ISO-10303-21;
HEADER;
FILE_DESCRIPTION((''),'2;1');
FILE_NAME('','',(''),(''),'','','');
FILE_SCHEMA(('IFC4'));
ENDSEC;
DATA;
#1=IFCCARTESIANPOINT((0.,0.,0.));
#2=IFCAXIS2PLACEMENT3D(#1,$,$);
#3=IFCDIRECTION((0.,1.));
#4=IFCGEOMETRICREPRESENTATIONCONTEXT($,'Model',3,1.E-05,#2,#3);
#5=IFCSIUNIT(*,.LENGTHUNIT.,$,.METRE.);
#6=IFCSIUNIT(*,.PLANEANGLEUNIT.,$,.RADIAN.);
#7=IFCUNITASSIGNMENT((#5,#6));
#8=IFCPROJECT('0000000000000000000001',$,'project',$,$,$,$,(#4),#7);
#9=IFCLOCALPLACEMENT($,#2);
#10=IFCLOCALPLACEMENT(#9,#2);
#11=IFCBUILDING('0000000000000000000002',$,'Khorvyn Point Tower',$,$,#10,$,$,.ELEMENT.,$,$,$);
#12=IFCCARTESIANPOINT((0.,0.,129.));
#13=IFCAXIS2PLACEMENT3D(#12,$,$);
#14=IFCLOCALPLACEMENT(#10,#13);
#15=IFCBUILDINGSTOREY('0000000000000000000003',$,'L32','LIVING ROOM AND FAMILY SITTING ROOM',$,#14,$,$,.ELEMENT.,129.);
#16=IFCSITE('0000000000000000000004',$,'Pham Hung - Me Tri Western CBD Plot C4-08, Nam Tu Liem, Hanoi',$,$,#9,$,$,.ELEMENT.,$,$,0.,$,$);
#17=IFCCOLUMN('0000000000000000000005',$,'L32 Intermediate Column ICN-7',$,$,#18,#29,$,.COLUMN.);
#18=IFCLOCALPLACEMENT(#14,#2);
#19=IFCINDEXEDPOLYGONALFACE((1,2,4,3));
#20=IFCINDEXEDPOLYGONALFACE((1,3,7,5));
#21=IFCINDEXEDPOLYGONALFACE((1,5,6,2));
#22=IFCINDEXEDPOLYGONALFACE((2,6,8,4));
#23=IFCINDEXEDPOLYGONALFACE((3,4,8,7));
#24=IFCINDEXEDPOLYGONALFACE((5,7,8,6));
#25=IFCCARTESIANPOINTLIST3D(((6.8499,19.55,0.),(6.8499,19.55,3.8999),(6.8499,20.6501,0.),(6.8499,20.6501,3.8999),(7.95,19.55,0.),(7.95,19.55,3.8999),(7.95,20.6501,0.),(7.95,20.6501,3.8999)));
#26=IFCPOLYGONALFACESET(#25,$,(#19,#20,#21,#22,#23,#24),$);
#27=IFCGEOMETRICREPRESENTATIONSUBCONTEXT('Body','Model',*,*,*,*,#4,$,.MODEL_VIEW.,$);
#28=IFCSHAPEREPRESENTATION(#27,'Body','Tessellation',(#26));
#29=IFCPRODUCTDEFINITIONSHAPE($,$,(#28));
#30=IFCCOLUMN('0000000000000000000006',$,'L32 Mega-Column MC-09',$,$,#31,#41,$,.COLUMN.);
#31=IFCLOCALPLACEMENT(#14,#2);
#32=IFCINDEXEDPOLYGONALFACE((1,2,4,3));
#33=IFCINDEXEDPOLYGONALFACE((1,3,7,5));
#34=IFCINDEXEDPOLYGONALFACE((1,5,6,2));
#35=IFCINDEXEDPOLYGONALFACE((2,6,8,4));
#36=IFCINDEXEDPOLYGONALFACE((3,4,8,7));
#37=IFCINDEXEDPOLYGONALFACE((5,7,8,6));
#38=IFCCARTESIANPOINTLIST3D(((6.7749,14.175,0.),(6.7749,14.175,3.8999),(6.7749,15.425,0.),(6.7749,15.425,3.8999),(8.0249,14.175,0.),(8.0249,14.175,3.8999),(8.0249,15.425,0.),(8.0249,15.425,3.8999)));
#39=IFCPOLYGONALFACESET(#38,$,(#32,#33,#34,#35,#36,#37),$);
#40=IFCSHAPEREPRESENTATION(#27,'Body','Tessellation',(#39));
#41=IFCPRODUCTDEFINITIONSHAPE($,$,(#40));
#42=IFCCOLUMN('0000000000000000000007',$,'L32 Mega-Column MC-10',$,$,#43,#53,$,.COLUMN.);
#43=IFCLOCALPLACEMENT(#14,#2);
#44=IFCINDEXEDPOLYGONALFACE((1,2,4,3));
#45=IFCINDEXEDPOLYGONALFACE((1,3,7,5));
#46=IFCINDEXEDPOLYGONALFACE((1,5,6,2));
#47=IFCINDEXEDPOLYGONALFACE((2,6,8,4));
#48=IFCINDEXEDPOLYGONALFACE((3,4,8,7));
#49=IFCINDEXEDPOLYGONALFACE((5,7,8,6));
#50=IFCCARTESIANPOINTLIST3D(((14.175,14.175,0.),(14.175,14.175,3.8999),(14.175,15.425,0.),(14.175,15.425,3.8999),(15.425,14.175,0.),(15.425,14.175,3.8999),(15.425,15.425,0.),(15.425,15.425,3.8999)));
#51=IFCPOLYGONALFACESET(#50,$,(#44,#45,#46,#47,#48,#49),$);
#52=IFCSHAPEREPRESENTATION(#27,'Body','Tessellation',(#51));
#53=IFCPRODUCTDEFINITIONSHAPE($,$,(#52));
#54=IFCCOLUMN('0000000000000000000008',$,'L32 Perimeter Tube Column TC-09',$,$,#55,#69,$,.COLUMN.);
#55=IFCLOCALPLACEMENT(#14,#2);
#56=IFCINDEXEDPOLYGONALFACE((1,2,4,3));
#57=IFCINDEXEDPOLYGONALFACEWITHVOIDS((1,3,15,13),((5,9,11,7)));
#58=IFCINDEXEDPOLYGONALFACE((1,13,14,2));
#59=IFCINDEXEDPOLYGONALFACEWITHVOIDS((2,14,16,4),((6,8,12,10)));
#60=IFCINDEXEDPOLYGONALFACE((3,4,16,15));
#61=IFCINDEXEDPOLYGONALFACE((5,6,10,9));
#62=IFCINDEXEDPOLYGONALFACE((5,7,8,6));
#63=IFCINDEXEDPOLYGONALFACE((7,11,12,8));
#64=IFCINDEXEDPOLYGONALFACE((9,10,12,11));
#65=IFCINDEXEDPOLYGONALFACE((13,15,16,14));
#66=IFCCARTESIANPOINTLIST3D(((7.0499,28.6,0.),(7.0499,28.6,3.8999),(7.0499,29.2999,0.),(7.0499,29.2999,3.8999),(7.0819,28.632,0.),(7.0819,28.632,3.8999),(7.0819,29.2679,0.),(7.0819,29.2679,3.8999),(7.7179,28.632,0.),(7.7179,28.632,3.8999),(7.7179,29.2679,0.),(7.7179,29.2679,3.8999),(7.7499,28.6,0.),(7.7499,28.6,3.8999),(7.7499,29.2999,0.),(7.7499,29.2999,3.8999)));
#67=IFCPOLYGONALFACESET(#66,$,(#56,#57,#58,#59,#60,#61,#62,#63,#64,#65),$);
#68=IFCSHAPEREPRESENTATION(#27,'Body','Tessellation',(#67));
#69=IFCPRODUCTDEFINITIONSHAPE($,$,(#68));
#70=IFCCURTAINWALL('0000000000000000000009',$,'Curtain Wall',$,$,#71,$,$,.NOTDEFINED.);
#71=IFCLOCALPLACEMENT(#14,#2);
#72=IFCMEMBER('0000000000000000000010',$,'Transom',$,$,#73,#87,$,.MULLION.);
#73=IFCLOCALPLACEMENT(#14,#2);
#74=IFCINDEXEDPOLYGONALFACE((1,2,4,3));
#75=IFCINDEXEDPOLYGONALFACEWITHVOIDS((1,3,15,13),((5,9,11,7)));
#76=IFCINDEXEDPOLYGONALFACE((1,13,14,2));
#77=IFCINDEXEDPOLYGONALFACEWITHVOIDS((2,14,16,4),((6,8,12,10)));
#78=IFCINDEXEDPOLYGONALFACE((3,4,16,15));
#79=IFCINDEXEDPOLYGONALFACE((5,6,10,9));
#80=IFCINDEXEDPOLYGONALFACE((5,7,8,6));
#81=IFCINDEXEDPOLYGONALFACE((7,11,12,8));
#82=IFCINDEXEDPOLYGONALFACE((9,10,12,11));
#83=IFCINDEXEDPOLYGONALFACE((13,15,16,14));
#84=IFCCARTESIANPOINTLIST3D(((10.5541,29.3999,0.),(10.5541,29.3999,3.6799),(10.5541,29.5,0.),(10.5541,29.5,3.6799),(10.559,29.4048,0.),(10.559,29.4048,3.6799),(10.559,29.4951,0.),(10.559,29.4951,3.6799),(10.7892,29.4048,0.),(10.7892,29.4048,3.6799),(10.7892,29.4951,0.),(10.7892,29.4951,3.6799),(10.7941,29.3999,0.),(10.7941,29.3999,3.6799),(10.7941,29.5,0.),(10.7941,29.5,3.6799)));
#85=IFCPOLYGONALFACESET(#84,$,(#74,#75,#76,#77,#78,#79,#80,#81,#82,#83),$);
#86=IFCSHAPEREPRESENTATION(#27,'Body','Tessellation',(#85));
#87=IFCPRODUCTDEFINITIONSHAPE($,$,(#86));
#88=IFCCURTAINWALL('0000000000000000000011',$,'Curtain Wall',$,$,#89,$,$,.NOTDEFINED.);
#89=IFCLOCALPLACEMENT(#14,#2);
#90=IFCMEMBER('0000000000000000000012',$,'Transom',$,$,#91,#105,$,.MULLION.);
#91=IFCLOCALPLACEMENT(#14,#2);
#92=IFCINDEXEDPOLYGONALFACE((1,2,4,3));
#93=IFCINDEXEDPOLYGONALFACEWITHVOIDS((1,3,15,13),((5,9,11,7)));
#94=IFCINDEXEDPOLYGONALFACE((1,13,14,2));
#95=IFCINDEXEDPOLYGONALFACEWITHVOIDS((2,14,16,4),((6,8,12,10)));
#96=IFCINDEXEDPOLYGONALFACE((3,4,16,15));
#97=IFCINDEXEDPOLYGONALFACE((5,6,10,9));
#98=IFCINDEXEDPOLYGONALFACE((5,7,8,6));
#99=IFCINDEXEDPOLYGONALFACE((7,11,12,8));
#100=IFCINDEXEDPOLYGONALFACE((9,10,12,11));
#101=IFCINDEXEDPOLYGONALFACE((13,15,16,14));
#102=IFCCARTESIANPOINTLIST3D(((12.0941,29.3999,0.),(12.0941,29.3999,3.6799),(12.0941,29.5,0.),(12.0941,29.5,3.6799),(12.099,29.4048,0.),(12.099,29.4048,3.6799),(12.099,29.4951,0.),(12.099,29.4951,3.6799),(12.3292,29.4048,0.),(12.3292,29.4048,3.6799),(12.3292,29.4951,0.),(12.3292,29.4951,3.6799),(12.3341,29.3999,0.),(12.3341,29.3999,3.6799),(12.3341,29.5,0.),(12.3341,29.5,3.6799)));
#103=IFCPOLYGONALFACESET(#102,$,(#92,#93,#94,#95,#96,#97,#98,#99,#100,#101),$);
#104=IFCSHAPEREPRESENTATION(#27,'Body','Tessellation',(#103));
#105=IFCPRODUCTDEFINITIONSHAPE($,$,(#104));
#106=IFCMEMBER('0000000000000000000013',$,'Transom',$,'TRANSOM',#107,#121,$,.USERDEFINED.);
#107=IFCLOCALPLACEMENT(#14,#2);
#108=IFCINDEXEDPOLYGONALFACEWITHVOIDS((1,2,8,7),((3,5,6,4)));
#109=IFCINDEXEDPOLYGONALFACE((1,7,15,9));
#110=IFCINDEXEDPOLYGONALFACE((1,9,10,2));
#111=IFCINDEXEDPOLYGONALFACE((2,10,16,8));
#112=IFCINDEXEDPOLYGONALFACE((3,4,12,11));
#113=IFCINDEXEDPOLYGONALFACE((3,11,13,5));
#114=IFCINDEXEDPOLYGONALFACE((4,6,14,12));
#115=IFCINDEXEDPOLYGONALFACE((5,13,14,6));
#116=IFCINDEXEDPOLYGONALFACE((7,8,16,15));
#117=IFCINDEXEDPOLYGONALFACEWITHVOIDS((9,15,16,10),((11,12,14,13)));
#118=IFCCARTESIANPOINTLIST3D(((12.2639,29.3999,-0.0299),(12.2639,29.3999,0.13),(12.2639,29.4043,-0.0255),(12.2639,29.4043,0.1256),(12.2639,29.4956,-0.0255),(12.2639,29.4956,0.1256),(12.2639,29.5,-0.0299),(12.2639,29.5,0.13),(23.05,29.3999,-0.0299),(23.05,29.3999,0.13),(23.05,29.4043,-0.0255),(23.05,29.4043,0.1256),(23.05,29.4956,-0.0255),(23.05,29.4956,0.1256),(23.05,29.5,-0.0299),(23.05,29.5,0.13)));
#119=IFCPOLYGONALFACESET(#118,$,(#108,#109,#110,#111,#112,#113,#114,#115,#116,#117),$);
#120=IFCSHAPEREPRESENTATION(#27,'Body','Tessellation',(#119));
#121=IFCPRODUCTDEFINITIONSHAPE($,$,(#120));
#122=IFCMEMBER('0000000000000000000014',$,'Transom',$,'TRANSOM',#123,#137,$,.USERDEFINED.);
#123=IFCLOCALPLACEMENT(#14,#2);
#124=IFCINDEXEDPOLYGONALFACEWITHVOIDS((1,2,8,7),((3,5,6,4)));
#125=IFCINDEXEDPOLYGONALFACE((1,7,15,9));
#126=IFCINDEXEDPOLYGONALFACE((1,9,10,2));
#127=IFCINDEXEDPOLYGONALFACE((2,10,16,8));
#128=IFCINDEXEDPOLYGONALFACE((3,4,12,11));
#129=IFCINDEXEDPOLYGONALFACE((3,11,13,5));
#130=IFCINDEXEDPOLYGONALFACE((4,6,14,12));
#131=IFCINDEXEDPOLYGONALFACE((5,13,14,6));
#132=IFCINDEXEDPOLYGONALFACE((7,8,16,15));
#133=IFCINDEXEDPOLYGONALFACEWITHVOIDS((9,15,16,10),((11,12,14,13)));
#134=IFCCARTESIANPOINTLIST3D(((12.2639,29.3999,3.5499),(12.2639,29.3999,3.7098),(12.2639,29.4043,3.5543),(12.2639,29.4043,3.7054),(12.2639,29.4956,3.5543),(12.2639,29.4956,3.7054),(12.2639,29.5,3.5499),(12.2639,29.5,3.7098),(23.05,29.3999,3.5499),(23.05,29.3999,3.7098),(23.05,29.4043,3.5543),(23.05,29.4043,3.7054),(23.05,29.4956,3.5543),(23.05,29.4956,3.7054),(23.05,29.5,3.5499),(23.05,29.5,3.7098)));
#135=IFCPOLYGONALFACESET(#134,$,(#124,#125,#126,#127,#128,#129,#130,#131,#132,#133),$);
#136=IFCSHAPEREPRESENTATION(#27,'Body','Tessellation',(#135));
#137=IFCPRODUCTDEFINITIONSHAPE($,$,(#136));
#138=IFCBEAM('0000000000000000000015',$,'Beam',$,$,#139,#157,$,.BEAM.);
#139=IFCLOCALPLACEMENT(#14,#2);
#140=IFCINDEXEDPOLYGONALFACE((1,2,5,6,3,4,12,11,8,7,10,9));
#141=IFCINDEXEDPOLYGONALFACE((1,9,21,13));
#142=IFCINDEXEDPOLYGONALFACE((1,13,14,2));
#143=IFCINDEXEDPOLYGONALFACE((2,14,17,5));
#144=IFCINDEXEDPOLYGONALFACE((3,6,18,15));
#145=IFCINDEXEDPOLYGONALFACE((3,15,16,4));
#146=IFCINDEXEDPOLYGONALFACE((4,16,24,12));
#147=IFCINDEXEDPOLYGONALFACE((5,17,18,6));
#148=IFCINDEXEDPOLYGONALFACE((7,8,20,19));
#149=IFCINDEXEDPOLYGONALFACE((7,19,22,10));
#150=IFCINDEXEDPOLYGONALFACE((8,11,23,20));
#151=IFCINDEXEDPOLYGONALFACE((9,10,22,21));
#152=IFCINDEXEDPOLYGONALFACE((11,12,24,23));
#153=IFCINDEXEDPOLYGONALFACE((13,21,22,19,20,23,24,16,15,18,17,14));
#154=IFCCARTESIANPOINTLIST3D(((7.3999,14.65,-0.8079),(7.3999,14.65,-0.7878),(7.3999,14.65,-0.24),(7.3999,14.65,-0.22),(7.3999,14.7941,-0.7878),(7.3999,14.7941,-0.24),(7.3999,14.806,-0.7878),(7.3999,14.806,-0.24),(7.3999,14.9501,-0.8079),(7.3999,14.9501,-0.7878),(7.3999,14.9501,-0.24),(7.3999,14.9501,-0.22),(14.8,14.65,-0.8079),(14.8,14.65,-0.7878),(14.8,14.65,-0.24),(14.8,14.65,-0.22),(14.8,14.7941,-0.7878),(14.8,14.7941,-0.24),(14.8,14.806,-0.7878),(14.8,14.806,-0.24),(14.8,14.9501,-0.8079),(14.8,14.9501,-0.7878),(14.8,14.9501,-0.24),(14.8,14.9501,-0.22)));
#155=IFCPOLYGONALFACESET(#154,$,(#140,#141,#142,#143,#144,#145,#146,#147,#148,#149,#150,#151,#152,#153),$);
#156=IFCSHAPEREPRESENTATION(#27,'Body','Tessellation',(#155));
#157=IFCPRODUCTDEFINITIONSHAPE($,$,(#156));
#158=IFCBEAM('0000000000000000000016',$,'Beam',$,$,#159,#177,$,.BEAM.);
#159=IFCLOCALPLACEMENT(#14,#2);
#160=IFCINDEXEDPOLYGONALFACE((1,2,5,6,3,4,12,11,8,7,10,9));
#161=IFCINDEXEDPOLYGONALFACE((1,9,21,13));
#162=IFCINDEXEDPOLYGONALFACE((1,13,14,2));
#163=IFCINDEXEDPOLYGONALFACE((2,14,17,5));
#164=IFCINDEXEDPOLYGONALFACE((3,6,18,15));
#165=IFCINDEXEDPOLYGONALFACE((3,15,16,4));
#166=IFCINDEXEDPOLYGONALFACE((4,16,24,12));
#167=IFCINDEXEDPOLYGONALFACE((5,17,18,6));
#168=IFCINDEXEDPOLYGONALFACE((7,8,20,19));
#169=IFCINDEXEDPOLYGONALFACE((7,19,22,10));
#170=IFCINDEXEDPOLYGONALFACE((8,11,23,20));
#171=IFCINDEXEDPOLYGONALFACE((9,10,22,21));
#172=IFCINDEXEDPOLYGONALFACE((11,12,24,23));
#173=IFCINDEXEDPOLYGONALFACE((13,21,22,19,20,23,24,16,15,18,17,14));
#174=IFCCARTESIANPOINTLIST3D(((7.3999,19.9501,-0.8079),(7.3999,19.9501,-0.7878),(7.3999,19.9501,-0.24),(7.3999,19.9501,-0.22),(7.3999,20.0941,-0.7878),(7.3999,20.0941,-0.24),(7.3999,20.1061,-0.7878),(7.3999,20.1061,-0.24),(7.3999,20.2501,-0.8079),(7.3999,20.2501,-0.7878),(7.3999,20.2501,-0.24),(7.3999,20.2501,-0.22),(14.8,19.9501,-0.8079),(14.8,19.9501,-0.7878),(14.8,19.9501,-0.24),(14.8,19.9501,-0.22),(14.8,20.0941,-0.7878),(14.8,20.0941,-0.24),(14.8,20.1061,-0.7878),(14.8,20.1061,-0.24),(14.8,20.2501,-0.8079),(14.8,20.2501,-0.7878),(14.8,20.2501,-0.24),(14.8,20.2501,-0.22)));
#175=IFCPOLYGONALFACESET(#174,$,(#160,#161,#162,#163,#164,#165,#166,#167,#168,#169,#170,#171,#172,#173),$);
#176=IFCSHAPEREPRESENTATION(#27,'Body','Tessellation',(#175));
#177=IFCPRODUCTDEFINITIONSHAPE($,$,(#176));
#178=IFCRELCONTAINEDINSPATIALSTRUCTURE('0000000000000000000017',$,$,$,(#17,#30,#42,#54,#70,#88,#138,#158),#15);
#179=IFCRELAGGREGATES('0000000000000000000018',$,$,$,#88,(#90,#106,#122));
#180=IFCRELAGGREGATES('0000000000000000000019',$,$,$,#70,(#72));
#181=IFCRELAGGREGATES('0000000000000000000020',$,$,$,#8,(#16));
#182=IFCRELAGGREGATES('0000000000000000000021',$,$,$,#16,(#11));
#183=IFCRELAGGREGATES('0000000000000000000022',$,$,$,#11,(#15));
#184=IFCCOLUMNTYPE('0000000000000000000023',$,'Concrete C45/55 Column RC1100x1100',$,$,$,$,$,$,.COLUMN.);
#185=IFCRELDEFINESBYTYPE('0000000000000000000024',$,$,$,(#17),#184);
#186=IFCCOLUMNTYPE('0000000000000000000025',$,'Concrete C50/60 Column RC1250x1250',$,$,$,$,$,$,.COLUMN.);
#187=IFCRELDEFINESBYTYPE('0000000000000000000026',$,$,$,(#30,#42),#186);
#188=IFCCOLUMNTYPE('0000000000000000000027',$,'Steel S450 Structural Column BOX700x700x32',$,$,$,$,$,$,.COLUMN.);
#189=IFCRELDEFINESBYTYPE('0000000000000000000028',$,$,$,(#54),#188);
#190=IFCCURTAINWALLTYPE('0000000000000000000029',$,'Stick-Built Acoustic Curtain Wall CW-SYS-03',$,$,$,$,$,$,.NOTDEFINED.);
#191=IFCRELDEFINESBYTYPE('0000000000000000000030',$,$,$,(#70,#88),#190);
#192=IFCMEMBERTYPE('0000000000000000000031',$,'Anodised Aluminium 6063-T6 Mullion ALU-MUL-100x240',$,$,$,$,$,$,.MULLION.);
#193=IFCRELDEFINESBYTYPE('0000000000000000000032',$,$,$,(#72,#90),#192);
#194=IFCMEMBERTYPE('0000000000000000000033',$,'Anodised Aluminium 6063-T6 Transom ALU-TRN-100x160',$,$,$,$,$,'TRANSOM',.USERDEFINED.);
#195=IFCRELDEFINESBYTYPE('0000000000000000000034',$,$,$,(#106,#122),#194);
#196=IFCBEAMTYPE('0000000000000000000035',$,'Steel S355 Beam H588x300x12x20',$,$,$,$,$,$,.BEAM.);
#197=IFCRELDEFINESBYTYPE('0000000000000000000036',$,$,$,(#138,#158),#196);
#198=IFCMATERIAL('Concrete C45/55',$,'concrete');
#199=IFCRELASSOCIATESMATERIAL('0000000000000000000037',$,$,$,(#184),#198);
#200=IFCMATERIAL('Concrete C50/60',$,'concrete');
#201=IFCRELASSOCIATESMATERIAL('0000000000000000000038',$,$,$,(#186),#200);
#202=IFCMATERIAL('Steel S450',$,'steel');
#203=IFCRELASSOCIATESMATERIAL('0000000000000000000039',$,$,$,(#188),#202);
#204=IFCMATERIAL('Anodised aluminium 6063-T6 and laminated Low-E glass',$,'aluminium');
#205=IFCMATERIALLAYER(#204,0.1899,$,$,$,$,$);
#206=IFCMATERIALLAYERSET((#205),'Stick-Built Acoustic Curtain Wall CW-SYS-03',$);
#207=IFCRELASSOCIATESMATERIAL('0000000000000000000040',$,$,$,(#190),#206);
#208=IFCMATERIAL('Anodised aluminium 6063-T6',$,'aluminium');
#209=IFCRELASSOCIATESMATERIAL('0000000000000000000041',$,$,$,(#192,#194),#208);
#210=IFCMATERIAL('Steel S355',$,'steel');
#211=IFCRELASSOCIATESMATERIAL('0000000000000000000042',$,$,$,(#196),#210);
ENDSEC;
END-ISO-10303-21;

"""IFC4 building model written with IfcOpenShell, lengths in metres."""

from ifc_helpers import new_model, si_unit, direction, frame, origin, origin_2d, place, context, subcontext, project, spatial, rectangle, hollow_rectangle, i_section, extrude, material, layer, layer_set, material_profile, profile_set, type_object, element, aggregate, save


model = new_model("IFC4")

# Units and contexts
model_context = context("Model", 3, precision=1e-05, world=origin(), true_north=direction((0.0, 1.0)))
body_context = subcontext(model_context, "Body", "Model", "MODEL_VIEW")
ifc_project = project(units=[si_unit("LENGTHUNIT", "METRE"), si_unit("PLANEANGLEUNIT", "RADIAN")], contexts=[model_context])

# Site, building, storey
site_placement = place(None, origin())
site = spatial("IfcSite", under=ifc_project, at=site_placement, Name="Pham Hung - Me Tri Western CBD Plot C4-08, Nam Tu Liem, Hanoi", CompositionType="ELEMENT", RefElevation=0.0)
building_placement = place(site_placement, origin())
building = spatial("IfcBuilding", under=site, at=building_placement, Name="Khorvyn Point Tower", CompositionType="ELEMENT")
storey_placement = place(building_placement, frame((0.0, 0.0, 129.0)))
storey = spatial("IfcBuildingStorey", under=building, at=storey_placement, Name="L32", Description="LIVING ROOM AND FAMILY SITTING ROOM", CompositionType="ELEMENT", Elevation=129.0)

# Columns
ifc_material_1 = material(Name="Concrete C45/55", Category="concrete")
ifc_material_profile_1 = material_profile(ifc_material_1, rectangle(XDim=1.1001, YDim=1.1001, at=origin_2d()))
ifc_profile_set_1 = profile_set([ifc_material_profile_1], Name="Concrete C45/55 RC1100x1100")
column_type_1 = type_object("IfcColumnType", Name="Concrete C45/55 Column RC1100x1100", PredefinedType="COLUMN", material=ifc_profile_set_1)
column_1_placement = place(storey_placement, frame((7.3999, 20.1001, 0.0), z_axis=(0.0, 0.0, 1.0), x_axis=(1.0, 0.0, 0.0)))
element("IfcColumn", 1, at=column_1_placement, inside=storey, type_object=column_type_1, Name="L32 Intermediate Column ICN-7", PredefinedType="COLUMN", context=body_context, shape_type="SweptSolid", body=[
    extrude(rectangle(XDim=1.1001, YDim=1.1001, at=origin_2d()), origin(), (0.0, 0.0, 1.0), 3.8999),
])
ifc_material_2 = material(Name="Concrete C50/60", Category="concrete")
ifc_material_profile_2 = material_profile(ifc_material_2, rectangle(XDim=1.25, YDim=1.25, at=origin_2d()))
ifc_profile_set_2 = profile_set([ifc_material_profile_2], Name="Concrete C50/60 RC1250x1250")
column_type_2 = type_object("IfcColumnType", Name="Concrete C50/60 Column RC1250x1250", PredefinedType="COLUMN", material=ifc_profile_set_2)
for number, where, z_axis, x_axis, name in (
    (2, (7.3999, 14.8, 0.0), (0.0, 0.0, 1.0), (1.0, 0.0, 0.0), "L32 Mega-Column MC-09"),
    (3, (14.8, 14.8, 0.0), (0.0, 0.0, 1.0), (1.0, 0.0, 0.0), "L32 Mega-Column MC-10"),
):
    element("IfcColumn", number, at=place(storey_placement, frame(where, z_axis=z_axis, x_axis=x_axis)), inside=storey, type_object=column_type_2, Name=name, PredefinedType="COLUMN", context=body_context, shape_type="SweptSolid", body=[
        extrude(rectangle(XDim=1.25, YDim=1.25, at=origin_2d()), origin(), (0.0, 0.0, 1.0), 3.8999),
    ])
ifc_material_3 = material(Name="Steel S450", Category="steel")
ifc_material_profile_3 = material_profile(ifc_material_3, hollow_rectangle(XDim=0.7, YDim=0.7, WallThickness=0.032, at=origin_2d()))
ifc_profile_set_3 = profile_set([ifc_material_profile_3], Name="Steel S450 BOX700x700x32")
column_type_3 = type_object("IfcColumnType", Name="Steel S450 Structural Column BOX700x700x32", PredefinedType="COLUMN", material=ifc_profile_set_3)
column_2_placement = place(storey_placement, frame((7.3999, 28.95, 0.0), z_axis=(0.0, 0.0, 1.0), x_axis=(1.0, 0.0, 0.0)))
element("IfcColumn", 4, at=column_2_placement, inside=storey, type_object=column_type_3, Name="L32 Perimeter Tube Column TC-09", PredefinedType="COLUMN", context=body_context, shape_type="SweptSolid", body=[
    extrude(hollow_rectangle(XDim=0.7, YDim=0.7, WallThickness=0.032, at=origin_2d()), origin(), (0.0, 0.0, 1.0), 3.8999),
])

# Curtain wall, member
ifc_material_4 = material(Name="Anodised aluminium 6063-T6 and laminated Low-E glass", Category="aluminium")
ifc_layer_1 = layer(ifc_material_4, 0.1899)
ifc_layer_set_1 = layer_set([ifc_layer_1], Name="Stick-Built Acoustic Curtain Wall CW-SYS-03")
curtain_wall_type = type_object("IfcCurtainWallType", Name="Stick-Built Acoustic Curtain Wall CW-SYS-03", PredefinedType="NOTDEFINED", material=ifc_layer_set_1)
curtain_wall_1_placement = place(storey_placement, origin())
curtain_wall_1 = element("IfcCurtainWall", 5, at=curtain_wall_1_placement, inside=storey, type_object=curtain_wall_type, Name="Curtain Wall", PredefinedType="NOTDEFINED")
ifc_material_5 = material(Name="Anodised aluminium 6063-T6", Category="aluminium")
ifc_material_profile_4 = material_profile(ifc_material_5, hollow_rectangle(XDim=0.1001, YDim=0.24, WallThickness=0.0049, at=origin_2d()))
ifc_profile_set_4 = profile_set([ifc_material_profile_4], Name="Anodised aluminium 6063-T6 ALU-MUL-100x240")
member_type_1 = type_object("IfcMemberType", Name="Anodised Aluminium 6063-T6 Mullion ALU-MUL-100x240", PredefinedType="MULLION", material=ifc_profile_set_4)
member_1_placement = place(storey_placement, frame((10.6741, 29.45, 0.0), z_axis=(0.0, 0.0, 1.0), x_axis=(0.0, 1.0, 0.0)))
member_1 = element("IfcMember", 6, at=member_1_placement, type_object=member_type_1, Name="Transom", PredefinedType="MULLION", context=body_context, shape_type="SweptSolid", body=[
    extrude(hollow_rectangle(XDim=0.1001, YDim=0.24, WallThickness=0.0049, at=origin_2d()), origin(), (0.0, 0.0, 1.0), 3.6799),
])

# Curtain wall, members
curtain_wall_2_placement = place(storey_placement, origin())
curtain_wall_2 = element("IfcCurtainWall", 7, at=curtain_wall_2_placement, inside=storey, type_object=curtain_wall_type, Name="Curtain Wall", PredefinedType="NOTDEFINED")
member_2_placement = place(storey_placement, frame((12.2141, 29.45, 0.0), z_axis=(0.0, 0.0, 1.0), x_axis=(0.0, 1.0, 0.0)))
member_2 = element("IfcMember", 8, at=member_2_placement, type_object=member_type_1, Name="Transom", PredefinedType="MULLION", context=body_context, shape_type="SweptSolid", body=[
    extrude(hollow_rectangle(XDim=0.1001, YDim=0.24, WallThickness=0.0049, at=origin_2d()), origin(), (0.0, 0.0, 1.0), 3.6799),
])
ifc_material_profile_5 = material_profile(ifc_material_5, hollow_rectangle(XDim=0.1001, YDim=0.1599, WallThickness=0.0044, at=origin_2d()))
ifc_profile_set_5 = profile_set([ifc_material_profile_5], Name="Anodised aluminium 6063-T6 ALU-TRN-100x160")
member_type_2 = type_object("IfcMemberType", Name="Anodised Aluminium 6063-T6 Transom ALU-TRN-100x160", ElementType="TRANSOM", PredefinedType="USERDEFINED", material=ifc_profile_set_5)
member_3_placement = place(storey_placement, frame((12.2639, 29.45, 0.05), z_axis=(1.0, 0.0, 0.0), x_axis=(0.0, 1.0, 0.0)))
member_3 = element("IfcMember", 9, at=member_3_placement, type_object=member_type_2, Name="Transom", ObjectType="TRANSOM", PredefinedType="USERDEFINED", context=body_context, shape_type="SweptSolid", body=[
    extrude(hollow_rectangle(XDim=0.1001, YDim=0.1599, WallThickness=0.0044, at=origin_2d()), origin(), (0.0, 0.0, 1.0), 10.7861),
])
member_4_placement = place(storey_placement, frame((12.2639, 29.45, 3.6299), z_axis=(1.0, 0.0, 0.0), x_axis=(0.0, 1.0, 0.0)))
member_4 = element("IfcMember", 10, at=member_4_placement, type_object=member_type_2, Name="Transom", ObjectType="TRANSOM", PredefinedType="USERDEFINED", context=body_context, shape_type="SweptSolid", body=[
    extrude(hollow_rectangle(XDim=0.1001, YDim=0.1599, WallThickness=0.0044, at=origin_2d()), origin(), (0.0, 0.0, 1.0), 10.7861),
])
aggregate(curtain_wall_2, [member_2, member_3, member_4])

# Beams
ifc_material_6 = material(Name="Steel S355", Category="steel")
ifc_material_profile_6 = material_profile(ifc_material_6, i_section(OverallWidth=0.3, OverallDepth=0.5879, WebThickness=0.012, FlangeThickness=0.02, at=origin_2d()))
ifc_profile_set_6 = profile_set([ifc_material_profile_6], Name="Steel S355 H588x300x12x20")
beam_type_1 = type_object("IfcBeamType", Name="Steel S355 Beam H588x300x12x20", PredefinedType="BEAM", material=ifc_profile_set_6)
for number, where, z_axis, x_axis, name in (
    (11, (7.3999, 14.8, -0.5139), (1.0, 0.0, 0.0), (0.0, 1.0, 0.0), "Beam"),
    (12, (7.3999, 20.1001, -0.5139), (1.0, 0.0, 0.0), (0.0, 1.0, 0.0), "Beam"),
):
    element("IfcBeam", number, at=place(storey_placement, frame(where, z_axis=z_axis, x_axis=x_axis)), inside=storey, type_object=beam_type_1, Name=name, PredefinedType="BEAM", context=body_context, shape_type="SweptSolid", body=[
        extrude(i_section(OverallWidth=0.3, OverallDepth=0.5879, WebThickness=0.012, FlangeThickness=0.02, at=origin_2d()), origin(), (0.0, 0.0, 1.0), 7.4001),
    ])

aggregate(curtain_wall_1, [member_1])

save(model, "model.ifc")
